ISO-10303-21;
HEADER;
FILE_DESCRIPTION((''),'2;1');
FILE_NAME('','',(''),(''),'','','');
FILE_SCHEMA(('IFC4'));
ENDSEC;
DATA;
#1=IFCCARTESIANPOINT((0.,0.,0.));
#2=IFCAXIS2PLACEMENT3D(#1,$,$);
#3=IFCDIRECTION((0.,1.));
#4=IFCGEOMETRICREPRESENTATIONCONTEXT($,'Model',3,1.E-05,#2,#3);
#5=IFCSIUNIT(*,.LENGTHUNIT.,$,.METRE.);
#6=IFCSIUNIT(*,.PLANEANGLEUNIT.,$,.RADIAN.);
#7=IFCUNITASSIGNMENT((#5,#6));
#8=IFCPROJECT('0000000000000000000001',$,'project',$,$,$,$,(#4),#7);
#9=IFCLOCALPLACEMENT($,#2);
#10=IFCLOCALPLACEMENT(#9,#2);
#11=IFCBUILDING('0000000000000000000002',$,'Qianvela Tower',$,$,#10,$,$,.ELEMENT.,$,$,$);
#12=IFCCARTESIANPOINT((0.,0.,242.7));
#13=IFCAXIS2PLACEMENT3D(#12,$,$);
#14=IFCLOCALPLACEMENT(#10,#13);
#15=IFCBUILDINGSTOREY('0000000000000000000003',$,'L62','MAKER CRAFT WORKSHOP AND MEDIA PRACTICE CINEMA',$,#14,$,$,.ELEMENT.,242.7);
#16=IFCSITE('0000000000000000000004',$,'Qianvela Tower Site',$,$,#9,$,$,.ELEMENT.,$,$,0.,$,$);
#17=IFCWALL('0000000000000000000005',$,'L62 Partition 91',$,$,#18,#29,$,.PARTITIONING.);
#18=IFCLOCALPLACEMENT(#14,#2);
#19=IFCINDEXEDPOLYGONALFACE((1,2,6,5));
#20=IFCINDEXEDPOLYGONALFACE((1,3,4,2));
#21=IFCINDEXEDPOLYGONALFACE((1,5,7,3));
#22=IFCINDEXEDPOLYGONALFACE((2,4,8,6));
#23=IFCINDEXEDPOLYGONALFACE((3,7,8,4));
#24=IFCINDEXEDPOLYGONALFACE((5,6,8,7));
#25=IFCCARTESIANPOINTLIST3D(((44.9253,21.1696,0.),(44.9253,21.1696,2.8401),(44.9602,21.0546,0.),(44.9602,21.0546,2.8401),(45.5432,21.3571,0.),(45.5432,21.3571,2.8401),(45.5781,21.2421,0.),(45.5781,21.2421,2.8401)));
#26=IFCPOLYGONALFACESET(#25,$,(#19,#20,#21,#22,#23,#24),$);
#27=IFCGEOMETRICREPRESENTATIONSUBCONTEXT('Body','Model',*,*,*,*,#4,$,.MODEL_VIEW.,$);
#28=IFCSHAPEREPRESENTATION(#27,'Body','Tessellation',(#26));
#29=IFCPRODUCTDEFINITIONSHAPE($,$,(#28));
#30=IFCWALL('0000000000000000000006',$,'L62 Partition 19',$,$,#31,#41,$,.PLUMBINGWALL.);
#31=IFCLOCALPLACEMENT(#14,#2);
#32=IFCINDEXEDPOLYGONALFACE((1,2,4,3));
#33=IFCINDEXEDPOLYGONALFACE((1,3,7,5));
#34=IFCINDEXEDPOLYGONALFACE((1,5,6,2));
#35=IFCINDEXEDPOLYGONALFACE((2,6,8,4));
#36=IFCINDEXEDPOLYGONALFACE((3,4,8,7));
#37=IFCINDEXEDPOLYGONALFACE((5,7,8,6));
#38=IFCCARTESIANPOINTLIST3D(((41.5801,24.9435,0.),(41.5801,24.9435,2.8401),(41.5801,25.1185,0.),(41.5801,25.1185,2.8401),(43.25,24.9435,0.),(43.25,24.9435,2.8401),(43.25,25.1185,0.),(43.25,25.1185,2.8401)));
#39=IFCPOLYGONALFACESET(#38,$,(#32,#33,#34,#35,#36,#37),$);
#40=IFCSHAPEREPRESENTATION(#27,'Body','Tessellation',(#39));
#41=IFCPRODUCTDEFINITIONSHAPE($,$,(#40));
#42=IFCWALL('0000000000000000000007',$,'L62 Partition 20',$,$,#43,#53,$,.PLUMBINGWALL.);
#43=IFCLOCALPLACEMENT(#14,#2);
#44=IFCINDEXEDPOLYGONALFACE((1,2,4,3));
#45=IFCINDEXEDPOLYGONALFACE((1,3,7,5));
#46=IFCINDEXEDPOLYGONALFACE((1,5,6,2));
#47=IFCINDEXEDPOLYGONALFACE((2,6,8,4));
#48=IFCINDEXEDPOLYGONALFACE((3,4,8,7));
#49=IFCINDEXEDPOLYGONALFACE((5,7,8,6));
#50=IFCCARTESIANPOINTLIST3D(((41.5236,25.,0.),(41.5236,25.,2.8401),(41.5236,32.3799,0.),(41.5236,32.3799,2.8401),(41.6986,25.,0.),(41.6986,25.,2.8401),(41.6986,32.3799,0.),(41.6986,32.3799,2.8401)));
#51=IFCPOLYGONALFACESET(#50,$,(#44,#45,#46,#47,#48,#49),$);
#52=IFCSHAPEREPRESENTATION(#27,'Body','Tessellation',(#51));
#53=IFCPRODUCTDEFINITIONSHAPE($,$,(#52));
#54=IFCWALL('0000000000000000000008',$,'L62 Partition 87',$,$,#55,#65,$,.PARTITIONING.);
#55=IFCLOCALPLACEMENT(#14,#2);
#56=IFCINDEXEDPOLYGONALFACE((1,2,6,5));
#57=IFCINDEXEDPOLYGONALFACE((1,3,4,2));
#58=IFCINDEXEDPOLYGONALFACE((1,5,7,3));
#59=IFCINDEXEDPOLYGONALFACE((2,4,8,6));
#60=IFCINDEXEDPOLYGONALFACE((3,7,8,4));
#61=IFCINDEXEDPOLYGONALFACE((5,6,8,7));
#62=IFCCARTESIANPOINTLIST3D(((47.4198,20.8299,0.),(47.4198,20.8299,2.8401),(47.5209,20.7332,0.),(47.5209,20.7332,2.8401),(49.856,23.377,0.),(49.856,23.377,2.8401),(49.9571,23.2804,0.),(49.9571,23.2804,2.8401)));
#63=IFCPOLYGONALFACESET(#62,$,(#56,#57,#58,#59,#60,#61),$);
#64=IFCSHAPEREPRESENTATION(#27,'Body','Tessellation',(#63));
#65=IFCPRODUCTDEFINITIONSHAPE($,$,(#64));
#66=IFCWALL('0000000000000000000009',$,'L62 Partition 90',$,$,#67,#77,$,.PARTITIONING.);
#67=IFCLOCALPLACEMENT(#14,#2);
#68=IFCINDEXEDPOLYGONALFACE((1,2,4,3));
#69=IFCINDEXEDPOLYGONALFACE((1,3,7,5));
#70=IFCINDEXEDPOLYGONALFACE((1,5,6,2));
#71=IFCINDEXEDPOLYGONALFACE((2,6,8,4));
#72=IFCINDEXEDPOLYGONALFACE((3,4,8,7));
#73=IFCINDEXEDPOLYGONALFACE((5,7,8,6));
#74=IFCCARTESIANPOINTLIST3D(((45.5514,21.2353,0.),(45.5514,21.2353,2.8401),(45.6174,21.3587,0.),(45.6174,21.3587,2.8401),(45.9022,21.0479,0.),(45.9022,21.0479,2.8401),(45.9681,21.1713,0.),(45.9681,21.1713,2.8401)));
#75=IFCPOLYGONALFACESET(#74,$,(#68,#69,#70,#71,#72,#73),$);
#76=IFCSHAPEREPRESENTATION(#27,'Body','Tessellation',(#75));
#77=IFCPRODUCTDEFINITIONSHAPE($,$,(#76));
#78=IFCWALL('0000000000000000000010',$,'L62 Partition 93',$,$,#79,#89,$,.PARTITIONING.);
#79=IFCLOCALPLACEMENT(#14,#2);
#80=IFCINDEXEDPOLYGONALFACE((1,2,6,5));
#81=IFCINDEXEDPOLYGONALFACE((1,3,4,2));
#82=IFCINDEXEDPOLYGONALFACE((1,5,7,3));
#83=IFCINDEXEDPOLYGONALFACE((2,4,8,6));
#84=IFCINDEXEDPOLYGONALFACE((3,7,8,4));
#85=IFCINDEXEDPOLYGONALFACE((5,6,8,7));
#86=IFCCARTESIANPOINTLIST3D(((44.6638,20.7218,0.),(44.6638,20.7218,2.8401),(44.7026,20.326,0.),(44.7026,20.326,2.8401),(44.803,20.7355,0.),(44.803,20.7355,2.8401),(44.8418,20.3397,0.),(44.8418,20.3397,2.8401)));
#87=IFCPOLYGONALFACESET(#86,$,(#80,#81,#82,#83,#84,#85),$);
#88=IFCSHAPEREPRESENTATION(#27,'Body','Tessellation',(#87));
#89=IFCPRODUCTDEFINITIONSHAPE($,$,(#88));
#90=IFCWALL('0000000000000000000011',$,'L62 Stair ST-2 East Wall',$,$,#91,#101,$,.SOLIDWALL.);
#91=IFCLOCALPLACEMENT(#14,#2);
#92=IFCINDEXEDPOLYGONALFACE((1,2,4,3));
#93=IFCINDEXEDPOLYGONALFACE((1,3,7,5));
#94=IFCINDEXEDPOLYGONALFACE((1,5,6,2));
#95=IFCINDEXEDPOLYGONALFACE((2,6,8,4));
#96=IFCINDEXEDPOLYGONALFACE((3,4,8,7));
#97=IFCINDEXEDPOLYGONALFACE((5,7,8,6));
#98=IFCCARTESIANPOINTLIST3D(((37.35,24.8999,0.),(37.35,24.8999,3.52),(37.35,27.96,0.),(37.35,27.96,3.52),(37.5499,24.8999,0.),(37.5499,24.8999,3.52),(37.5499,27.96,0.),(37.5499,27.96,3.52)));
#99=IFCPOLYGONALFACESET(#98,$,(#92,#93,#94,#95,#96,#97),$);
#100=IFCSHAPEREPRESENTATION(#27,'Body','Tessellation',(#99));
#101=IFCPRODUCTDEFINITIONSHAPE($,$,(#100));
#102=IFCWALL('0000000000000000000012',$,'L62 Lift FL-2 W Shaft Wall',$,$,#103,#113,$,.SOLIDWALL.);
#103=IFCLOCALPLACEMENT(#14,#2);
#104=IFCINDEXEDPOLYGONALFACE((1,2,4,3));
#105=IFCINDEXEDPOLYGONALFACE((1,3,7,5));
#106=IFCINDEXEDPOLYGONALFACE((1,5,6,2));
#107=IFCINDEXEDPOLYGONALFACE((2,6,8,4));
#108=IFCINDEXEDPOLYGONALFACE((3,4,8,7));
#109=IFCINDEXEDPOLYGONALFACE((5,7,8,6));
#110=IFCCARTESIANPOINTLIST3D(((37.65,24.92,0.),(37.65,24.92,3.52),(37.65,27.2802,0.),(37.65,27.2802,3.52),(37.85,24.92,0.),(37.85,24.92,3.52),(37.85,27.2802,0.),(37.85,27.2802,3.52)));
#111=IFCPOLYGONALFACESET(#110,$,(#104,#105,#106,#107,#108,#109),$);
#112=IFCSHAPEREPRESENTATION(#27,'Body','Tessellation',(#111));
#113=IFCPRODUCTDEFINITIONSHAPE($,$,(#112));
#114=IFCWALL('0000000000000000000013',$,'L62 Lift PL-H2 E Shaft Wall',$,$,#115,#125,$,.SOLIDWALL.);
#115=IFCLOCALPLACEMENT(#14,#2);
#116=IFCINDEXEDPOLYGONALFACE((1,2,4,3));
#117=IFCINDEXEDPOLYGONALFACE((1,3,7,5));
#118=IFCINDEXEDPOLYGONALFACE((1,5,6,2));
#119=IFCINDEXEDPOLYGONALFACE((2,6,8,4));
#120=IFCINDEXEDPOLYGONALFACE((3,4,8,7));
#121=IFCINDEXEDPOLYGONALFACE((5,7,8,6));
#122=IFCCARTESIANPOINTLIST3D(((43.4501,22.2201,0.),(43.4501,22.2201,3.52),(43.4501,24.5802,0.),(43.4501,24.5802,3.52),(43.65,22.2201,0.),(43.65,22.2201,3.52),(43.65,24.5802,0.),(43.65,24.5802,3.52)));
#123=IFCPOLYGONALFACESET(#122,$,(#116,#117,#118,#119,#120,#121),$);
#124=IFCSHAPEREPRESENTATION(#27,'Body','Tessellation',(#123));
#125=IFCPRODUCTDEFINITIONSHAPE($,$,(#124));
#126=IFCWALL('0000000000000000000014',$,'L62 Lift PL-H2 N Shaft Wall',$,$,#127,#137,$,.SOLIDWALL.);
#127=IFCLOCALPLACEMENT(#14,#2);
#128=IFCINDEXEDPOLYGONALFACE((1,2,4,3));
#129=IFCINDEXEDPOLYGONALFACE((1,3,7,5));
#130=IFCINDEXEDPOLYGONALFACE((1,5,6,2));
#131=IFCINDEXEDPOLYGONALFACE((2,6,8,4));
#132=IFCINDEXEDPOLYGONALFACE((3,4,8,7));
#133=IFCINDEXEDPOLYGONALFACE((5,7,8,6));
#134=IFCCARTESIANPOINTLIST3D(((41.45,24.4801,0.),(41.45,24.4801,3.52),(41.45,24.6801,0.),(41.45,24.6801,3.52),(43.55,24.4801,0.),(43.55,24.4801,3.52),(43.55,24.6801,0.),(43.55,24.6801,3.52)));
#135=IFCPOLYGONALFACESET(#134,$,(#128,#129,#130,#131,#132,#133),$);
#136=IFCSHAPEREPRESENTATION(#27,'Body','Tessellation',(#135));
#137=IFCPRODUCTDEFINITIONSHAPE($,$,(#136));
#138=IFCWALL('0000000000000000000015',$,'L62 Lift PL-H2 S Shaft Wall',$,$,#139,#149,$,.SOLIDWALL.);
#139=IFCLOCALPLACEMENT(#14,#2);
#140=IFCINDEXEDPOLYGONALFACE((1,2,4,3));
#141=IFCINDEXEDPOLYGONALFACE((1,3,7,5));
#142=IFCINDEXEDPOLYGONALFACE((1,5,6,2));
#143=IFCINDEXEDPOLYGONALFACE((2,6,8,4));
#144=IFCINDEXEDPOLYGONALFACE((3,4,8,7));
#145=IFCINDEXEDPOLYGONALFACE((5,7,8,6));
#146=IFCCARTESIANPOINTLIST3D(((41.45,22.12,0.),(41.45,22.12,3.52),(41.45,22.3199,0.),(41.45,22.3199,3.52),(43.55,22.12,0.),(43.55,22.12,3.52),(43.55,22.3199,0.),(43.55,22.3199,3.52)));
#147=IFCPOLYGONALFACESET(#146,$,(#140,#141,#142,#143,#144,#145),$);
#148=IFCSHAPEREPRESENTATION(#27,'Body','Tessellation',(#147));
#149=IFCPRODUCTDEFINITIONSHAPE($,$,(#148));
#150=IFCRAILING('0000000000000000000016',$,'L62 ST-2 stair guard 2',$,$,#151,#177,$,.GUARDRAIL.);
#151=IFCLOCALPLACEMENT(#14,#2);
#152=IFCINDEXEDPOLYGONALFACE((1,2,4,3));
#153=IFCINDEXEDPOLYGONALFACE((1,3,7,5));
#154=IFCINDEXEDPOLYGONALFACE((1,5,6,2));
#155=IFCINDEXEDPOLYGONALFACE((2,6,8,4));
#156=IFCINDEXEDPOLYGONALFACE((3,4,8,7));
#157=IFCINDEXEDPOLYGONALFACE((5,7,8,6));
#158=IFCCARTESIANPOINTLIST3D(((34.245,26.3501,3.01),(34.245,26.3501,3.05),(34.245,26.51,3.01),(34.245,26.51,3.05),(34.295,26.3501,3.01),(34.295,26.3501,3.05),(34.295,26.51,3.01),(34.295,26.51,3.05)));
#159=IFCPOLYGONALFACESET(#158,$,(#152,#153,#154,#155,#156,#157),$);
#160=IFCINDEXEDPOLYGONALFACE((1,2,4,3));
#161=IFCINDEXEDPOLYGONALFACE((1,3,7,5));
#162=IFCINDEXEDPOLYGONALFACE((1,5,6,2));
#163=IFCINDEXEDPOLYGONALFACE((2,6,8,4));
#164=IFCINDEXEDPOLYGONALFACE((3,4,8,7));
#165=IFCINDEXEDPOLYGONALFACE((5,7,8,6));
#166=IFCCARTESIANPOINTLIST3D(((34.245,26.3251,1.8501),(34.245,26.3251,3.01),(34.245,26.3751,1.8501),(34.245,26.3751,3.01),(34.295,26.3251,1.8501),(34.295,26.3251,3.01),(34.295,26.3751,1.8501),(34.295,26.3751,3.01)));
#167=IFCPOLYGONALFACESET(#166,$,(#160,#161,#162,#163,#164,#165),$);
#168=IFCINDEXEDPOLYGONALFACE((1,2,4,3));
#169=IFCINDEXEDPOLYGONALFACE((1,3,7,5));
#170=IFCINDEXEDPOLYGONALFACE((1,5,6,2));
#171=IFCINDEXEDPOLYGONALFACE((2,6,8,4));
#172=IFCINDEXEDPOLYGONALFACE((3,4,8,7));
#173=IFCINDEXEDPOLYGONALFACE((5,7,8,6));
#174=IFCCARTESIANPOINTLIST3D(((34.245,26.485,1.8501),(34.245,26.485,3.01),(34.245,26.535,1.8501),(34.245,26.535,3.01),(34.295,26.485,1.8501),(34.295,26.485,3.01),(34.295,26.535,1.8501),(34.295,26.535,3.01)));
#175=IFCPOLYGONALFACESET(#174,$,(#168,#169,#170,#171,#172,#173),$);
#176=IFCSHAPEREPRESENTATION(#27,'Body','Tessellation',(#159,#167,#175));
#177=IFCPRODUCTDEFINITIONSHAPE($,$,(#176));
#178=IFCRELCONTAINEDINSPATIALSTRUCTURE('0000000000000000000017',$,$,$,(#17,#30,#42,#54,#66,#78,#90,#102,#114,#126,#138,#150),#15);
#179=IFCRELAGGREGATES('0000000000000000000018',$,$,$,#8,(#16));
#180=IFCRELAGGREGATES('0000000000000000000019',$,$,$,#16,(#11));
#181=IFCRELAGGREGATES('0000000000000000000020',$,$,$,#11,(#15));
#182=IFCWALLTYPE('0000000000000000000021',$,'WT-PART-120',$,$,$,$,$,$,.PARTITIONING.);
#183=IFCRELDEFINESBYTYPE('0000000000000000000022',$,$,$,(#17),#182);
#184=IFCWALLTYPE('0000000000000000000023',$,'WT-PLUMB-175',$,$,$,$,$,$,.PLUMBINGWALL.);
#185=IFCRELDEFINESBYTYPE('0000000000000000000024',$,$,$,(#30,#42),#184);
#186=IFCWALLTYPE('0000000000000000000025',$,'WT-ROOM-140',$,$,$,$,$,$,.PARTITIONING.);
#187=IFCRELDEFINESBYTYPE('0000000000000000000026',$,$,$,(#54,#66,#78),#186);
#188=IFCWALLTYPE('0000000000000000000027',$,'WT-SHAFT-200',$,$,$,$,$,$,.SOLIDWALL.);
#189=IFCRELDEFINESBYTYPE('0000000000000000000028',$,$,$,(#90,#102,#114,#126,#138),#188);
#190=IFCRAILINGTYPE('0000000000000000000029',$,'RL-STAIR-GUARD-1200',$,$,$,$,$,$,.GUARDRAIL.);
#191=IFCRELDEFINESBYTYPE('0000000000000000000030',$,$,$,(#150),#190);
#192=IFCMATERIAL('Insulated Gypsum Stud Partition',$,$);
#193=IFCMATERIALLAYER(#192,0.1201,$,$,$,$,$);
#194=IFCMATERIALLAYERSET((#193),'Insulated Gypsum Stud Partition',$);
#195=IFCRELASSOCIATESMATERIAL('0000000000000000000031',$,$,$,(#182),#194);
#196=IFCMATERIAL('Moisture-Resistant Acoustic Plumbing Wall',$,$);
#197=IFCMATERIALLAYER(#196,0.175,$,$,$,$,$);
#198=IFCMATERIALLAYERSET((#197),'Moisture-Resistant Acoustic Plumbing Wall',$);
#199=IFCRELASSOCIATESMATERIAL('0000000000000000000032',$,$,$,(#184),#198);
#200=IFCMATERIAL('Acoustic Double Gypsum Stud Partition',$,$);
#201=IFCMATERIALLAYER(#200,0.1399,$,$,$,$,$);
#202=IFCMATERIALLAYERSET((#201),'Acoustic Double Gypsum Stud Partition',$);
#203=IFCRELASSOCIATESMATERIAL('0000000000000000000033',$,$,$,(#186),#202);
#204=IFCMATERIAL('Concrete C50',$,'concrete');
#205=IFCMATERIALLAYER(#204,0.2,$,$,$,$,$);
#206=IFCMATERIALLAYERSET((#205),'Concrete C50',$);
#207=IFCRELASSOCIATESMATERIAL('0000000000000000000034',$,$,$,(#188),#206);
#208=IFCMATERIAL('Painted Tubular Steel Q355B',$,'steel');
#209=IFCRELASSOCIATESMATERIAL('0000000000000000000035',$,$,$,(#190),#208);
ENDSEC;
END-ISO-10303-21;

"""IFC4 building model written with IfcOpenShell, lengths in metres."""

from ifc_helpers import new_model, si_unit, direction, frame, frame_2d, origin, origin_2d, place, context, subcontext, project, spatial, rectangle, extrude, material, layer, layer_set, type_object, element, save


model = new_model("IFC4")

# Units and contexts
model_context = context("Model", 3, precision=1e-05, world=origin(), true_north=direction((0.0, 1.0)))
body_context = subcontext(model_context, "Body", "Model", "MODEL_VIEW")
ifc_project = project(units=[si_unit("LENGTHUNIT", "METRE"), si_unit("PLANEANGLEUNIT", "RADIAN")], contexts=[model_context])

# Site, building, storey
site_placement = place(None, origin())
site = spatial("IfcSite", under=ifc_project, at=site_placement, Name="Qianvela Tower Site", CompositionType="ELEMENT", RefElevation=0.0)
building_placement = place(site_placement, origin())
building = spatial("IfcBuilding", under=site, at=building_placement, Name="Qianvela Tower", CompositionType="ELEMENT")
storey_placement = place(building_placement, frame((0.0, 0.0, 242.7)))
storey = spatial("IfcBuildingStorey", under=building, at=storey_placement, Name="L62", Description="MAKER CRAFT WORKSHOP AND MEDIA PRACTICE CINEMA", CompositionType="ELEMENT", Elevation=242.7)

# Walls
ifc_material_1 = material(Name="Insulated Gypsum Stud Partition")
ifc_layer_1 = layer(ifc_material_1, 0.1201)
ifc_layer_set_1 = layer_set([ifc_layer_1], Name="Insulated Gypsum Stud Partition")
wall_type_1 = type_object("IfcWallType", Name="WT-PART-120", PredefinedType="PARTITIONING", material=ifc_layer_set_1)
wall_1_placement = place(storey_placement, frame((45.5605, 21.2996, 0.0), z_axis=(0.0, 0.0, 1.0), x_axis=(-0.956916, -0.290364, 0.0)))
element("IfcWall", 1, at=wall_1_placement, inside=storey, type_object=wall_type_1, Name="L62 Partition 91", PredefinedType="PARTITIONING", context=body_context, shape_type="SweptSolid", body=[
    extrude(rectangle(XDim=0.6458, YDim=0.1201, at=frame_2d((0.3228, 0.0))), origin(), (0.0, 0.0, 1.0), 2.8401),
])
ifc_material_2 = material(Name="Moisture-Resistant Acoustic Plumbing Wall")
ifc_layer_2 = layer(ifc_material_2, 0.175)
ifc_layer_set_2 = layer_set([ifc_layer_2], Name="Moisture-Resistant Acoustic Plumbing Wall")
wall_type_2 = type_object("IfcWallType", Name="WT-PLUMB-175", PredefinedType="PLUMBINGWALL", material=ifc_layer_set_2)
wall_2_placement = place(storey_placement, frame((43.25, 25.031, 0.0), z_axis=(0.0, 0.0, 1.0), x_axis=(-1.0, 0.0, 0.0)))
element("IfcWall", 2, at=wall_2_placement, inside=storey, type_object=wall_type_2, Name="L62 Partition 19", PredefinedType="PLUMBINGWALL", context=body_context, shape_type="SweptSolid", body=[
    extrude(rectangle(XDim=1.6699, YDim=0.175, at=frame_2d((0.835, 0.0))), origin(), (0.0, 0.0, 1.0), 2.8401),
])
wall_3_placement = place(storey_placement, frame((41.6111, 25.0, 0.0), z_axis=(0.0, 0.0, 1.0), x_axis=(0.0, 1.0, 0.0)))
element("IfcWall", 3, at=wall_3_placement, inside=storey, type_object=wall_type_2, Name="L62 Partition 20", PredefinedType="PLUMBINGWALL", context=body_context, shape_type="SweptSolid", body=[
    extrude(rectangle(XDim=7.3799, YDim=0.175, at=frame_2d((3.6899, 0.0))), origin(), (0.0, 0.0, 1.0), 2.8401),
])
ifc_material_3 = material(Name="Acoustic Double Gypsum Stud Partition")
ifc_layer_3 = layer(ifc_material_3, 0.1399)
ifc_layer_set_3 = layer_set([ifc_layer_3], Name="Acoustic Double Gypsum Stud Partition")
wall_type_3 = type_object("IfcWallType", Name="WT-ROOM-140", PredefinedType="PARTITIONING", material=ifc_layer_set_3)
wall_4_placement = place(storey_placement, frame((49.9065, 23.3286, 0.0), z_axis=(0.0, 0.0, 1.0), x_axis=(-0.691208, -0.722655, 0.0)))
element("IfcWall", 4, at=wall_4_placement, inside=storey, type_object=wall_type_3, Name="L62 Partition 87", PredefinedType="PARTITIONING", context=body_context, shape_type="SweptSolid", body=[
    extrude(rectangle(XDim=3.5247, YDim=0.1399, at=frame_2d((1.7622, 0.0))), origin(), (0.0, 0.0, 1.0), 2.8401),
])
for number, where, z_axis, x_axis, name in (
    (5, (45.9351, 21.1096, 0.0), (0.0, 0.0, 1.0), (-0.881945, 0.471353, 0.0), "L62 Partition 90"),
    (6, (44.7334, 20.7285, 0.0), (0.0, 0.0, 1.0), (0.097619, -0.995224, 0.0), "L62 Partition 93"),
):
    element("IfcWall", number, at=place(storey_placement, frame(where, z_axis=z_axis, x_axis=x_axis)), inside=storey, type_object=wall_type_3, Name=name, PredefinedType="PARTITIONING", context=body_context, shape_type="SweptSolid", body=[
        extrude(rectangle(XDim=0.3977, YDim=0.1399, at=frame_2d((0.1987, 0.0))), origin(), (0.0, 0.0, 1.0), 2.8401),
    ])
ifc_material_4 = material(Name="Concrete C50", Category="concrete")
ifc_layer_4 = layer(ifc_material_4, 0.2)
ifc_layer_set_4 = layer_set([ifc_layer_4], Name="Concrete C50")
wall_type_4 = type_object("IfcWallType", Name="WT-SHAFT-200", PredefinedType="SOLIDWALL", material=ifc_layer_set_4)
wall_5_placement = place(storey_placement, frame((37.45, 24.8999, 0.0), z_axis=(0.0, 0.0, 1.0), x_axis=(0.0, 1.0, 0.0)))
element("IfcWall", 7, at=wall_5_placement, inside=storey, type_object=wall_type_4, Name="L62 Stair ST-2 East Wall", PredefinedType="SOLIDWALL", context=body_context, shape_type="SweptSolid", body=[
    extrude(rectangle(XDim=3.0601, YDim=0.2, at=frame_2d((1.53, 0.0))), origin(), (0.0, 0.0, 1.0), 3.52),
])

# Walls
for number, where, z_axis, x_axis, name in (
    (8, (37.75, 24.9199, 0.0), (0.0, 0.0, 1.0), (0.0, 1.0, 0.0), "L62 Lift FL-2 W Shaft Wall"),
    (9, (43.55, 22.22, 0.0), (0.0, 0.0, 1.0), (0.0, 1.0, 0.0), "L62 Lift PL-H2 E Shaft Wall"),
):
    element("IfcWall", number, at=place(storey_placement, frame(where, z_axis=z_axis, x_axis=x_axis)), inside=storey, type_object=wall_type_4, Name=name, PredefinedType="SOLIDWALL", context=body_context, shape_type="SweptSolid", body=[
        extrude(rectangle(XDim=2.3601, YDim=0.2, at=frame_2d((1.1802, 0.0))), origin(), (0.0, 0.0, 1.0), 3.52),
    ])

# Walls
for number, where, z_axis, x_axis, name in (
    (10, (41.45, 24.5801, 0.0), (0.0, 0.0, 1.0), (1.0, 0.0, 0.0), "L62 Lift PL-H2 N Shaft Wall"),
    (11, (41.45, 22.22, 0.0), (0.0, 0.0, 1.0), (1.0, 0.0, 0.0), "L62 Lift PL-H2 S Shaft Wall"),
):
    element("IfcWall", number, at=place(storey_placement, frame(where, z_axis=z_axis, x_axis=x_axis)), inside=storey, type_object=wall_type_4, Name=name, PredefinedType="SOLIDWALL", context=body_context, shape_type="SweptSolid", body=[
        extrude(rectangle(XDim=2.1001, YDim=0.2, at=frame_2d((1.05, 0.0))), origin(), (0.0, 0.0, 1.0), 3.52),
    ])

# Railing
ifc_material_5 = material(Name="Painted Tubular Steel Q355B", Category="steel")
railing_type = type_object("IfcRailingType", Name="RL-STAIR-GUARD-1200", PredefinedType="GUARDRAIL", material=ifc_material_5)
railing_placement = place(storey_placement, frame((34.27, 26.3501, 1.8501)))
element("IfcRailing", 12, at=railing_placement, inside=storey, type_object=railing_type, Name="L62 ST-2 stair guard 2", PredefinedType="GUARDRAIL", context=body_context, shape_type="SweptSolid", body=[
    extrude(rectangle(XDim=0.05, YDim=0.04, at=origin_2d()), frame((0.0, 0.0, 1.1799), z_axis=(0.0, 1.0, 0.0), x_axis=(-1.0, 0.0, 0.0)), (0.0, 0.0, 1.0), 0.1599),
    extrude(rectangle(XDim=0.05, YDim=0.05, at=origin_2d()), origin(), (0.0, 0.0, 1.0), 1.1599),
    extrude(rectangle(XDim=0.05, YDim=0.05, at=origin_2d()), frame((0.0, 0.1599, 0.0)), (0.0, 0.0, 1.0), 1.1599),
])

save(model, "model.ifc")
